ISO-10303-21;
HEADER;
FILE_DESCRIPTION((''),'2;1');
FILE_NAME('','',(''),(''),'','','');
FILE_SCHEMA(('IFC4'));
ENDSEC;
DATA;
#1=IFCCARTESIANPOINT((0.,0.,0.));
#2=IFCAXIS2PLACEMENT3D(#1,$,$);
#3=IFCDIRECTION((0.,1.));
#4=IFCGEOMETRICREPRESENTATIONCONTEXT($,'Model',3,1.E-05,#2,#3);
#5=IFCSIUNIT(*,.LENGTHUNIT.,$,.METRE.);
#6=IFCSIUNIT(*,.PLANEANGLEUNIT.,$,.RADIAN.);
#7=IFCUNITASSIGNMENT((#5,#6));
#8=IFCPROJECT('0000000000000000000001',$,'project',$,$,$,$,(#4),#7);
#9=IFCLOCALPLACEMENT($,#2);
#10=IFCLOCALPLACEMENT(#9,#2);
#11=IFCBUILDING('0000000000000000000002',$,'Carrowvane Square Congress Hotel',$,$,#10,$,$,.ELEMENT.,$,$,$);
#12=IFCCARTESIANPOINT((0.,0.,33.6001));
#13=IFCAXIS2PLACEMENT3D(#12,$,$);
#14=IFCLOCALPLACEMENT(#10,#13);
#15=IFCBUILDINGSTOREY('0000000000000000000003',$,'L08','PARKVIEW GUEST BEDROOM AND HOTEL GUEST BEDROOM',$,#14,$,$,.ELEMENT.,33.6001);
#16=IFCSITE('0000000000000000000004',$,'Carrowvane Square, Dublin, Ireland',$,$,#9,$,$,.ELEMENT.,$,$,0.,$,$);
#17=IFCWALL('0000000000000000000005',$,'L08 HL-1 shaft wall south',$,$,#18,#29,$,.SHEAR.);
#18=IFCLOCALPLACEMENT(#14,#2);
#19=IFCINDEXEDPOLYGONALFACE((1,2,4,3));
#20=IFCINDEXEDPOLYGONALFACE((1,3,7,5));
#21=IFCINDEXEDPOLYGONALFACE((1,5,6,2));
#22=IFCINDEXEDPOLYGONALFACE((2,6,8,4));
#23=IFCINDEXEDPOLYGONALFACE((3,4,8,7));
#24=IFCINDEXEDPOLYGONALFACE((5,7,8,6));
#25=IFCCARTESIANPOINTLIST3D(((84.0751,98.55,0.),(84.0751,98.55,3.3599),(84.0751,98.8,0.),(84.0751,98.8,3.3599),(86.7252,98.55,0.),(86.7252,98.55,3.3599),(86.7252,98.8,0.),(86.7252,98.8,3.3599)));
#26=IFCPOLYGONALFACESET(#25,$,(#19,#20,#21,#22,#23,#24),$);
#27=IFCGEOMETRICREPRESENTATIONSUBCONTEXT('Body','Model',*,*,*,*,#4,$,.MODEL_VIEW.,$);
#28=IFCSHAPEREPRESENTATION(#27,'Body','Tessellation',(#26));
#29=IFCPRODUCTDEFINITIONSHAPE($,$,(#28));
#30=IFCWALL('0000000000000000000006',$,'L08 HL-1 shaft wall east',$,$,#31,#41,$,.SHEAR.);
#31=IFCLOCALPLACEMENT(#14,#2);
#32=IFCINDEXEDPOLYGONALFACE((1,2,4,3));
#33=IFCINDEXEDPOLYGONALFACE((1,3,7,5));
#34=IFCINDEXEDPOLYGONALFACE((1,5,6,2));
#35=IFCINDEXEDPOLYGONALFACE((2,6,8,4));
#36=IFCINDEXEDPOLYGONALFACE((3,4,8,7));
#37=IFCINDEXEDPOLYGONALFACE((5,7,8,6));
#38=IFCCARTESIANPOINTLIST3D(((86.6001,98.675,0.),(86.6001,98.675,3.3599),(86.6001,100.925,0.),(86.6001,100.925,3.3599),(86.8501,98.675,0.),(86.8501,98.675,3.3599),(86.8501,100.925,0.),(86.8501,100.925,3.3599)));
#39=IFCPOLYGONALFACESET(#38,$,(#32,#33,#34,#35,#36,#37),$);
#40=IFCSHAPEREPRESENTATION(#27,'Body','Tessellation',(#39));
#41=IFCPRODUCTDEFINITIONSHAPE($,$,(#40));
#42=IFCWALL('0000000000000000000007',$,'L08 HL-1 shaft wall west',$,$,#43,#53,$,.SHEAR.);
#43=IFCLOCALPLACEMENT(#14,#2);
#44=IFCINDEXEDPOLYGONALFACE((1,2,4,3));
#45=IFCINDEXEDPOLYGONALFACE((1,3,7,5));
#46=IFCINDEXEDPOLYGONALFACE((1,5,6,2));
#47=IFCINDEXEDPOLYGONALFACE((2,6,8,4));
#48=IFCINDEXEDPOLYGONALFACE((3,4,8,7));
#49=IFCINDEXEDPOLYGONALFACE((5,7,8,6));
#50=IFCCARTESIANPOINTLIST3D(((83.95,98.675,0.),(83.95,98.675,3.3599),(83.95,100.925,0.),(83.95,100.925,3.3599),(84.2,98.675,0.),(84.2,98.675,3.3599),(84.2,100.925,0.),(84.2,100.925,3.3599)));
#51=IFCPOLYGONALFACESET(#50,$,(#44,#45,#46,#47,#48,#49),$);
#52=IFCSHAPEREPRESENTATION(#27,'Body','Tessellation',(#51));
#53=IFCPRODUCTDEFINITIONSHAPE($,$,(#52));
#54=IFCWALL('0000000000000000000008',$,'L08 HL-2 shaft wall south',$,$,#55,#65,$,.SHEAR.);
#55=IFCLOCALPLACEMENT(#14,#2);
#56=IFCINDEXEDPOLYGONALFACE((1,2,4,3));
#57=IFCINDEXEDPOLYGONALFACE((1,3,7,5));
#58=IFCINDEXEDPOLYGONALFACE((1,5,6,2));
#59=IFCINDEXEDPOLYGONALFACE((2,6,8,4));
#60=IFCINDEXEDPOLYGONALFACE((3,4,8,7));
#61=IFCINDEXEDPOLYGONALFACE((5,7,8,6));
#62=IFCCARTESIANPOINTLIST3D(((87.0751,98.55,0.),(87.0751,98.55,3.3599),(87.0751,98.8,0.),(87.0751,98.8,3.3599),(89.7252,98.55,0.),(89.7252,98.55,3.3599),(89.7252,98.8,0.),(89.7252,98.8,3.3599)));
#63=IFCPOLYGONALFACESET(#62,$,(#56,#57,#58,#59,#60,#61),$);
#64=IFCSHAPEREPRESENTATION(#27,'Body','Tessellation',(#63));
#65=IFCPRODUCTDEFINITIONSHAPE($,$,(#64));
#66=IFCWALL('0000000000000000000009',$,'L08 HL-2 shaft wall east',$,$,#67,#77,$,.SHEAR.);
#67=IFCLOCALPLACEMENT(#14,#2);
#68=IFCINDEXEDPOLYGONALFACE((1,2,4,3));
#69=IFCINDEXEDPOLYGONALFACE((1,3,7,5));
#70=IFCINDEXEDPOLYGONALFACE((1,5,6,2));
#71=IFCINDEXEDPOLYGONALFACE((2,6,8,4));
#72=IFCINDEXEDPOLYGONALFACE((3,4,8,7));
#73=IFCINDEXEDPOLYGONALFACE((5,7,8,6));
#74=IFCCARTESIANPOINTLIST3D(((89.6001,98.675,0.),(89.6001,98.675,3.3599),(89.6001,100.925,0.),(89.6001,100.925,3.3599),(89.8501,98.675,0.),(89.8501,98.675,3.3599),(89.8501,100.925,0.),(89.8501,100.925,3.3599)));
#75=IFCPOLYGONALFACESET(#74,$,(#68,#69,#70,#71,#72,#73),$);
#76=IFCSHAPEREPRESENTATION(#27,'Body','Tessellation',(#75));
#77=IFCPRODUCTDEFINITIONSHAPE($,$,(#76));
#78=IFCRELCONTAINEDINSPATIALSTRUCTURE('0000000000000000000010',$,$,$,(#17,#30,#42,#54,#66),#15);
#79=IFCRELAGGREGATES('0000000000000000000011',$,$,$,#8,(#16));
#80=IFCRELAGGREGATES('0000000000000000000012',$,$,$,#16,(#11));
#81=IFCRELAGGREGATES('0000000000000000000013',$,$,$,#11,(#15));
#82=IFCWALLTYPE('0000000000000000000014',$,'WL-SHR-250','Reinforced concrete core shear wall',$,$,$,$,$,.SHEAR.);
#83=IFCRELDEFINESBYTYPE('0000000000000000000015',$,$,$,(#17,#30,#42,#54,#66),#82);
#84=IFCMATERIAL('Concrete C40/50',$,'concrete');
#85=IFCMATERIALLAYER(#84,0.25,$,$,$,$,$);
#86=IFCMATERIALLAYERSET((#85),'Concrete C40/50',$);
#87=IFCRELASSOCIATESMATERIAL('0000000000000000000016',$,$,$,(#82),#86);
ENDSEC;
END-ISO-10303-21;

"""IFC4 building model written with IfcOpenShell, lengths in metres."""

from ifc_helpers import new_model, si_unit, direction, frame, frame_2d, origin, place, context, subcontext, project, spatial, rectangle, extrude, material, layer, layer_set, type_object, element, save


model = new_model("IFC4")

# Units and contexts
model_context = context("Model", 3, precision=1e-05, world=origin(), true_north=direction((0.0, 1.0)))
body_context = subcontext(model_context, "Body", "Model", "MODEL_VIEW")
ifc_project = project(units=[si_unit("LENGTHUNIT", "METRE"), si_unit("PLANEANGLEUNIT", "RADIAN")], contexts=[model_context])

# Site, building, storey
site_placement = place(None, origin())
site = spatial("IfcSite", under=ifc_project, at=site_placement, Name="Carrowvane Square, Dublin, Ireland", CompositionType="ELEMENT", RefElevation=0.0)
building_placement = place(site_placement, origin())
building = spatial("IfcBuilding", under=site, at=building_placement, Name="Carrowvane Square Congress Hotel", CompositionType="ELEMENT")
storey_placement = place(building_placement, frame((0.0, 0.0, 33.6001)))
storey = spatial("IfcBuildingStorey", under=building, at=storey_placement, Name="L08", Description="PARKVIEW GUEST BEDROOM AND HOTEL GUEST BEDROOM", CompositionType="ELEMENT", Elevation=33.6001)

# Shared definitions
ifc_material_1 = material(Name="Concrete C40/50", Category="concrete")
ifc_layer_1 = layer(ifc_material_1, 0.25)
ifc_layer_set_1 = layer_set([ifc_layer_1], Name="Concrete C40/50")
wall_type_1 = type_object("IfcWallType", Name="WL-SHR-250", Description="Reinforced concrete core shear wall", PredefinedType="SHEAR", material=ifc_layer_set_1)

# Walls
wall_1_placement = place(storey_placement, frame((84.075, 98.675, 0.0), z_axis=(0.0, 0.0, 1.0), x_axis=(1.0, 0.0, 0.0)))
element("IfcWall", 1, at=wall_1_placement, inside=storey, type_object=wall_type_1, Name="L08 HL-1 shaft wall south", PredefinedType="SHEAR", context=body_context, shape_type="SweptSolid", body=[
    extrude(rectangle(XDim=2.6501, YDim=0.25, at=frame_2d((1.3252, 0.0))), origin(), (0.0, 0.0, 1.0), 3.3599),
])
for number, where, z_axis, x_axis, name in (
    (2, (86.7251, 98.675, 0.0), (0.0, 0.0, 1.0), (0.0, 1.0, 0.0), "L08 HL-1 shaft wall east"),
    (3, (84.075, 100.925, 0.0), (0.0, 0.0, 1.0), (0.0, -1.0, 0.0), "L08 HL-1 shaft wall west"),
):
    element("IfcWall", number, at=place(storey_placement, frame(where, z_axis=z_axis, x_axis=x_axis)), inside=storey, type_object=wall_type_1, Name=name, PredefinedType="SHEAR", context=body_context, shape_type="SweptSolid", body=[
        extrude(rectangle(XDim=2.25, YDim=0.25, at=frame_2d((1.125, 0.0))), origin(), (0.0, 0.0, 1.0), 3.3599),
    ])
wall_2_placement = place(storey_placement, frame((87.075, 98.675, 0.0), z_axis=(0.0, 0.0, 1.0), x_axis=(1.0, 0.0, 0.0)))
element("IfcWall", 4, at=wall_2_placement, inside=storey, type_object=wall_type_1, Name="L08 HL-2 shaft wall south", PredefinedType="SHEAR", context=body_context, shape_type="SweptSolid", body=[
    extrude(rectangle(XDim=2.6501, YDim=0.25, at=frame_2d((1.3252, 0.0))), origin(), (0.0, 0.0, 1.0), 3.3599),
])
wall_3_placement = place(storey_placement, frame((89.7251, 98.675, 0.0), z_axis=(0.0, 0.0, 1.0), x_axis=(0.0, 1.0, 0.0)))
element("IfcWall", 5, at=wall_3_placement, inside=storey, type_object=wall_type_1, Name="L08 HL-2 shaft wall east", PredefinedType="SHEAR", context=body_context, shape_type="SweptSolid", body=[
    extrude(rectangle(XDim=2.25, YDim=0.25, at=frame_2d((1.125, 0.0))), origin(), (0.0, 0.0, 1.0), 3.3599),
])

save(model, "model.ifc")
